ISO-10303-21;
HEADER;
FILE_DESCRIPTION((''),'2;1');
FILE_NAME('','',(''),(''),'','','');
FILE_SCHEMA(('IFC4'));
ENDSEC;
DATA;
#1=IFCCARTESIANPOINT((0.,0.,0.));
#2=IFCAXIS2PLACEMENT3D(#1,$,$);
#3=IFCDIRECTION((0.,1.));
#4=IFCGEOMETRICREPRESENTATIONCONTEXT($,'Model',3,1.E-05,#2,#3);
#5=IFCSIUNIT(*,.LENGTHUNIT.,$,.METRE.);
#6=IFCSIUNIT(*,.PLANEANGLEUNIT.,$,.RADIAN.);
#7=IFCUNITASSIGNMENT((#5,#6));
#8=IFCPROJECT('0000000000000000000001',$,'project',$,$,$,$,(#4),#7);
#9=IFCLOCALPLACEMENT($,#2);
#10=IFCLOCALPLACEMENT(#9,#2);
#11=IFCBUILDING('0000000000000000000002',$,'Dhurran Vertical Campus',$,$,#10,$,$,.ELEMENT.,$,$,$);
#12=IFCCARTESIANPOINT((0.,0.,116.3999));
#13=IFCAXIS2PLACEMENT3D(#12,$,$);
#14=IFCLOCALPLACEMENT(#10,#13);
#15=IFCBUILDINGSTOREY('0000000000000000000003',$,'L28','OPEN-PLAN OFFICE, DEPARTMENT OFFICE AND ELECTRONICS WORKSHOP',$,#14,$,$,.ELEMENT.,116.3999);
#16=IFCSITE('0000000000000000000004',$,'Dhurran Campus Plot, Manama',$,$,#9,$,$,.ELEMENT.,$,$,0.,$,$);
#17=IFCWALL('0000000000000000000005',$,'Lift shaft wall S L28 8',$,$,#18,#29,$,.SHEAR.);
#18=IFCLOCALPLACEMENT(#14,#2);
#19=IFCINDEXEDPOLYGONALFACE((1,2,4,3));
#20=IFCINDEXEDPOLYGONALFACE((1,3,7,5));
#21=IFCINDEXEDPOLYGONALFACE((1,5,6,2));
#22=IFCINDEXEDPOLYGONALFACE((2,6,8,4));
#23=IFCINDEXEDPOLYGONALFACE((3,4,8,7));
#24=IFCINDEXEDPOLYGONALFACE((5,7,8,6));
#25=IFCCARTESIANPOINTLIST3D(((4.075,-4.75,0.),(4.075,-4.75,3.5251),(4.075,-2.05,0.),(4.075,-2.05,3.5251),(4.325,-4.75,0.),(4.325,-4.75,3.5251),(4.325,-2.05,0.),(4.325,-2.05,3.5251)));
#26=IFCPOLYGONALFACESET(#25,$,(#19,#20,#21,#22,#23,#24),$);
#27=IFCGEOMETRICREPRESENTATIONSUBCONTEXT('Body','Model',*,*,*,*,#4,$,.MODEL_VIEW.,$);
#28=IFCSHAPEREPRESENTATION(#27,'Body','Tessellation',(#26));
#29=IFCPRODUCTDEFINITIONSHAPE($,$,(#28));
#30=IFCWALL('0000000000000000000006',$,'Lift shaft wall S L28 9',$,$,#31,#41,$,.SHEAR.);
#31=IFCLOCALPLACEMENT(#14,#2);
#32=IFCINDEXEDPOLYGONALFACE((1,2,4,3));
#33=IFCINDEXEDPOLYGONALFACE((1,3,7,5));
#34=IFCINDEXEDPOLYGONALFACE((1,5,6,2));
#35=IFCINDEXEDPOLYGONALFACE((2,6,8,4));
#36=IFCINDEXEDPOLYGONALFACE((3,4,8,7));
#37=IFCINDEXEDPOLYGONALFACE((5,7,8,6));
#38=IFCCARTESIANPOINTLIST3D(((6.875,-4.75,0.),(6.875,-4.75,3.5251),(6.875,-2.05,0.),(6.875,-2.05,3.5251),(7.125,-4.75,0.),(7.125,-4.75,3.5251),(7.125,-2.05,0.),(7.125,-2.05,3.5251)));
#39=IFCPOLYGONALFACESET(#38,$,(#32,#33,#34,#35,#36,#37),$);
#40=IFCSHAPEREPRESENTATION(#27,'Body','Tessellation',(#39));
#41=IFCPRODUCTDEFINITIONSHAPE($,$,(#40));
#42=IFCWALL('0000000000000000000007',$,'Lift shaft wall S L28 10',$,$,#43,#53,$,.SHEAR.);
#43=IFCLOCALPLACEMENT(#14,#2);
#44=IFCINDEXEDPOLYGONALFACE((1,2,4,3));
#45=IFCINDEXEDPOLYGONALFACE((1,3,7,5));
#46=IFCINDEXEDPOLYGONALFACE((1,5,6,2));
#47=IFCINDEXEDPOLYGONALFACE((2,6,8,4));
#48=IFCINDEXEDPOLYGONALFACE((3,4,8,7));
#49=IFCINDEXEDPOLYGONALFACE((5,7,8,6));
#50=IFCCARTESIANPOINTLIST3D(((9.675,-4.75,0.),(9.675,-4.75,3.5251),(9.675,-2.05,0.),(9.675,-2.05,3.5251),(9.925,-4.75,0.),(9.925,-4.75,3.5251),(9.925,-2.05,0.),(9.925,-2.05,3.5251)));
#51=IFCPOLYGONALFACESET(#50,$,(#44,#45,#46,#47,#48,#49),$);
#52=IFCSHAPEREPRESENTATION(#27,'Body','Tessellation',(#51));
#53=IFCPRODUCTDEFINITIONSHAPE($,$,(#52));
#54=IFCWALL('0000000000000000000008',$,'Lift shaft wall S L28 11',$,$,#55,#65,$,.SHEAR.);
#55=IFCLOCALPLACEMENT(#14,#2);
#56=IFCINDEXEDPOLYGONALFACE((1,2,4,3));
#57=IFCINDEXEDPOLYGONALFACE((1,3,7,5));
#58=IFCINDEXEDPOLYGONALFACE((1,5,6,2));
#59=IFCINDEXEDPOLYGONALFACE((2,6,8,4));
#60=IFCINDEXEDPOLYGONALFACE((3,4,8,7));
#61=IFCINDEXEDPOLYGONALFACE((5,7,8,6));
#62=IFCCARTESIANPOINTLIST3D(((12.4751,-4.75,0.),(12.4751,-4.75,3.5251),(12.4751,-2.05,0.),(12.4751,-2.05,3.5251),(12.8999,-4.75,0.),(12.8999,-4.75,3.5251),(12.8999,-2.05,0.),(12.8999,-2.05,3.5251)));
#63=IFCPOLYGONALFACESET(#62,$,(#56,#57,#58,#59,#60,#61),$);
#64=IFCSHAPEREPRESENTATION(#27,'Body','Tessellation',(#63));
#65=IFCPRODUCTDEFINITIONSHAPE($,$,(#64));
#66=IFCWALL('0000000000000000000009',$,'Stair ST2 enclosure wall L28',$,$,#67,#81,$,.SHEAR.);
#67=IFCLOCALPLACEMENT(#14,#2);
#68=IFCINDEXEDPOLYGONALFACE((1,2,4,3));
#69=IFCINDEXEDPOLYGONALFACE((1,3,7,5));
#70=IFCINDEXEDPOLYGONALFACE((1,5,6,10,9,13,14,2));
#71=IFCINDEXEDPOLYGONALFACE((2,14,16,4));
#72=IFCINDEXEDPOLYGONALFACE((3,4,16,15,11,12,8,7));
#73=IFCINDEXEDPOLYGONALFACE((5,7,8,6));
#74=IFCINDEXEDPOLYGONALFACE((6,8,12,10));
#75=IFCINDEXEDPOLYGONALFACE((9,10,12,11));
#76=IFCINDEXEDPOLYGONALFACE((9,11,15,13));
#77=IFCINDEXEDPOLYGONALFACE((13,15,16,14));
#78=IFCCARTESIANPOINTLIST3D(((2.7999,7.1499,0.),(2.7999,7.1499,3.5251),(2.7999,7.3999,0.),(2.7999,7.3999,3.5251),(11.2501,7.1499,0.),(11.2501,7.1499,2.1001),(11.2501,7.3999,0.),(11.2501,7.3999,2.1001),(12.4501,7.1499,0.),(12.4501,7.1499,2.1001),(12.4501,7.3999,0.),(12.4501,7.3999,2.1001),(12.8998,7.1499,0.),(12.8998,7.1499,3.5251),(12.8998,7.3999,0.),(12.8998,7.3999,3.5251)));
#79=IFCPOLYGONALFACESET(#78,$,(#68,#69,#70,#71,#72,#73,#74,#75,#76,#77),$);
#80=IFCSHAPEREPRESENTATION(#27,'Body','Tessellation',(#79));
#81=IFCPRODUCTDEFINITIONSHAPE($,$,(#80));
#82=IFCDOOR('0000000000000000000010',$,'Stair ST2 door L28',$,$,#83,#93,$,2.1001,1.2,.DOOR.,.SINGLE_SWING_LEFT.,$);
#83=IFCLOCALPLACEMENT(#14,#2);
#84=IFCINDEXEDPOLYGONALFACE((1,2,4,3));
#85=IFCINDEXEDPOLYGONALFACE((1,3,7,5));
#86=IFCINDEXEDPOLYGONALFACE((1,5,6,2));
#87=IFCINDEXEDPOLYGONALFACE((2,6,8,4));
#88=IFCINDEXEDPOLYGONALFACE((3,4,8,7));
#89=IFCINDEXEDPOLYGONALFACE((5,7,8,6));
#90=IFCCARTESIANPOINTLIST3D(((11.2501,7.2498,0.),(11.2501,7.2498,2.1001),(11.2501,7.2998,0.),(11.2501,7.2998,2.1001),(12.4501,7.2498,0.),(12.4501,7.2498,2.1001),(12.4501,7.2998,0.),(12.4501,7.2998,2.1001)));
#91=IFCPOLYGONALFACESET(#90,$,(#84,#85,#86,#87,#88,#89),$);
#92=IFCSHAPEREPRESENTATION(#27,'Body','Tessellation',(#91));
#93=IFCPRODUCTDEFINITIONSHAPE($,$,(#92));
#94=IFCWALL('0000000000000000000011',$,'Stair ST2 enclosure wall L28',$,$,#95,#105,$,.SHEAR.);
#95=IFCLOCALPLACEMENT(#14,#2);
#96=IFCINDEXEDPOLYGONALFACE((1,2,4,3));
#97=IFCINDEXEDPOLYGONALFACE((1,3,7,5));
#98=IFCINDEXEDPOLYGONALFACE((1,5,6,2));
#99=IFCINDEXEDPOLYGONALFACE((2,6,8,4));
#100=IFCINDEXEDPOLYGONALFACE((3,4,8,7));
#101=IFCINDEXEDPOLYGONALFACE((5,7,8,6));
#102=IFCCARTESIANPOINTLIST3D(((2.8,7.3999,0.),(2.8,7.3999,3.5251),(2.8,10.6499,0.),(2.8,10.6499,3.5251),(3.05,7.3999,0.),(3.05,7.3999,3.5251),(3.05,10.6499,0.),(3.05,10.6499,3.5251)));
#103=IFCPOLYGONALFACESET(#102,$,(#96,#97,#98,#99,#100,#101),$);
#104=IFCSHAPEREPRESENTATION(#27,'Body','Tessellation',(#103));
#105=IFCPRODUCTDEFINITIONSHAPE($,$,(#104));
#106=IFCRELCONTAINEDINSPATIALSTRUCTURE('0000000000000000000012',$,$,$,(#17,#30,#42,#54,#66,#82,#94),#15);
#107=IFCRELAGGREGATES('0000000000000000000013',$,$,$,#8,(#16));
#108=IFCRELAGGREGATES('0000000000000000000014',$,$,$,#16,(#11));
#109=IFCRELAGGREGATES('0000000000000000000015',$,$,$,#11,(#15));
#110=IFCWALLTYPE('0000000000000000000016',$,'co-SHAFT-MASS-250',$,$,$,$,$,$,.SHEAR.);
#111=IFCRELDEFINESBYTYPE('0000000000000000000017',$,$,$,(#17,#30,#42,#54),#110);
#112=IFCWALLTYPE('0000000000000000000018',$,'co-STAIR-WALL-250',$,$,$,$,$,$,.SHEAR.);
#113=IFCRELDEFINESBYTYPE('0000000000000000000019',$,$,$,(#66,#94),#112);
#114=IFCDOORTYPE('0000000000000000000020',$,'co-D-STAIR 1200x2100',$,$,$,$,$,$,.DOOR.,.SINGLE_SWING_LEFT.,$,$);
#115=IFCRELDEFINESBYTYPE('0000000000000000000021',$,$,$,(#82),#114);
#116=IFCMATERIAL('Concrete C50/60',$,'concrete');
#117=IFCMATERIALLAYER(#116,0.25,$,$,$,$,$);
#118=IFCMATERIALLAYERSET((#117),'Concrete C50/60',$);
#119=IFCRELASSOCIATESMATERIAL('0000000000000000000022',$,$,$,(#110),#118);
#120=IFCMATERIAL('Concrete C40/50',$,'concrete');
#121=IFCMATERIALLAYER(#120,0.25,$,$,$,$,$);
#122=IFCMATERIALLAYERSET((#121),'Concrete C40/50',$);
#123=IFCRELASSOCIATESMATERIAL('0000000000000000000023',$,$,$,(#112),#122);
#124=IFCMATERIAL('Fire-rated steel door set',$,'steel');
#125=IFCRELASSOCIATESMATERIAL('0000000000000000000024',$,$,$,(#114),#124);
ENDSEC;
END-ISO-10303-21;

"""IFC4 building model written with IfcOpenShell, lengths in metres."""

from ifc_helpers import new_model, si_unit, direction, frame, frame_2d, origin, place, context, subcontext, project, spatial, polyline, rectangle, outline, extrude, material, layer, layer_set, type_object, element, fill, save


model = new_model("IFC4")

# Units and contexts
model_context = context("Model", 3, precision=1e-05, world=origin(), true_north=direction((0.0, 1.0)))
body_context = subcontext(model_context, "Body", "Model", "MODEL_VIEW")
ifc_project = project(units=[si_unit("LENGTHUNIT", "METRE"), si_unit("PLANEANGLEUNIT", "RADIAN")], contexts=[model_context])

# Site, building, storey
site_placement = place(None, origin())
site = spatial("IfcSite", under=ifc_project, at=site_placement, Name="Dhurran Campus Plot, Manama", CompositionType="ELEMENT", RefElevation=0.0)
building_placement = place(site_placement, origin())
building = spatial("IfcBuilding", under=site, at=building_placement, Name="Dhurran Vertical Campus", CompositionType="ELEMENT")
storey_placement = place(building_placement, frame((0.0, 0.0, 116.3999)))
storey = spatial("IfcBuildingStorey", under=building, at=storey_placement, Name="L28", Description="OPEN-PLAN OFFICE, DEPARTMENT OFFICE AND ELECTRONICS WORKSHOP", CompositionType="ELEMENT", Elevation=116.3999)

# Walls
ifc_material_1 = material(Name="Concrete C50/60", Category="concrete")
ifc_layer_1 = layer(ifc_material_1, 0.25)
ifc_layer_set_1 = layer_set([ifc_layer_1], Name="Concrete C50/60")
wall_type_1 = type_object("IfcWallType", Name="co-SHAFT-MASS-250", PredefinedType="SHEAR", material=ifc_layer_set_1)
wall_1_placement = place(storey_placement, origin())
element("IfcWall", 1, at=wall_1_placement, inside=storey, type_object=wall_type_1, Name="Lift shaft wall S L28 8", PredefinedType="SHEAR", context=body_context, shape_type="SweptSolid", body=[
    extrude(outline(polyline([(4.075, -4.75), (4.325, -4.75), (4.325, -2.05), (4.075, -2.05), (4.075, -4.75)])), origin(), (0.0, 0.0, 1.0), 3.5251),
])
wall_2_placement = place(storey_placement, origin())
element("IfcWall", 2, at=wall_2_placement, inside=storey, type_object=wall_type_1, Name="Lift shaft wall S L28 9", PredefinedType="SHEAR", context=body_context, shape_type="SweptSolid", body=[
    extrude(outline(polyline([(6.875, -4.75), (7.125, -4.75), (7.125, -2.05), (6.875, -2.05), (6.875, -4.75)])), origin(), (0.0, 0.0, 1.0), 3.5251),
])
wall_3_placement = place(storey_placement, origin())
element("IfcWall", 3, at=wall_3_placement, inside=storey, type_object=wall_type_1, Name="Lift shaft wall S L28 10", PredefinedType="SHEAR", context=body_context, shape_type="SweptSolid", body=[
    extrude(outline(polyline([(9.675, -4.75), (9.925, -4.75), (9.925, -2.05), (9.675, -2.05), (9.675, -4.75)])), origin(), (0.0, 0.0, 1.0), 3.5251),
])
wall_4_placement = place(storey_placement, origin())
element("IfcWall", 4, at=wall_4_placement, inside=storey, type_object=wall_type_1, Name="Lift shaft wall S L28 11", PredefinedType="SHEAR", context=body_context, shape_type="SweptSolid", body=[
    extrude(outline(polyline([(12.4751, -4.75), (12.8999, -4.75), (12.8999, -2.05), (12.4751, -2.05), (12.4751, -4.75)])), origin(), (0.0, 0.0, 1.0), 3.5251),
])

# Wall, opening, door
ifc_material_2 = material(Name="Concrete C40/50", Category="concrete")
ifc_layer_2 = layer(ifc_material_2, 0.25)
ifc_layer_set_2 = layer_set([ifc_layer_2], Name="Concrete C40/50")
wall_type_2 = type_object("IfcWallType", Name="co-STAIR-WALL-250", PredefinedType="SHEAR", material=ifc_layer_set_2)
wall_5_placement = place(storey_placement, frame((2.8, 7.2749, 0.0), z_axis=(0.0, 0.0, 1.0), x_axis=(1.0, 0.0, 0.0)))
wall_5 = element("IfcWall", 5, at=wall_5_placement, inside=storey, type_object=wall_type_2, Name="Stair ST2 enclosure wall L28", PredefinedType="SHEAR", context=body_context, shape_type="SweptSolid", body=[
    extrude(rectangle(XDim=10.0999, YDim=0.25, at=frame_2d((5.0498, 0.0))), origin(), (0.0, 0.0, 1.0), 3.5251),
])
opening_1_placement = place(wall_5_placement, frame((8.45, 0.0, 0.0)))
opening_1 = element("IfcOpeningElement", 6, at=opening_1_placement, cuts=wall_5, PredefinedType="OPENING", context=body_context, shape_type="SweptSolid", body=[
    extrude(rectangle(XDim=1.2, YDim=2.1001, at=frame_2d((0.6001, 1.05))), frame((0.0, 0.135, 0.0), z_axis=(0.0, -1.0, 0.0), x_axis=(1.0, 0.0, 0.0)), (0.0, 0.0, 1.0), 0.27),
])
ifc_material_3 = material(Name="Fire-rated steel door set", Category="steel")
door_type_1 = type_object("IfcDoorType", Name="co-D-STAIR 1200x2100", OperationType="SINGLE_SWING_LEFT", PredefinedType="DOOR", material=ifc_material_3)
door_1_placement = place(opening_1_placement, origin())
door_1 = element("IfcDoor", 7, at=door_1_placement, inside=storey, type_object=door_type_1, Name="Stair ST2 door L28", OperationType="SINGLE_SWING_LEFT", OverallHeight=2.1001, OverallWidth=1.2, PredefinedType="DOOR", context=body_context, shape_type="SweptSolid", body=[
    extrude(rectangle(XDim=1.2, YDim=2.1001, at=frame_2d((0.6001, 1.05))), frame((0.0, 0.0249, 0.0), z_axis=(0.0, -1.0, 0.0), x_axis=(1.0, 0.0, 0.0)), (0.0, 0.0, 1.0), 0.05),
])
fill(opening_1, door_1)

# Wall
wall_6_placement = place(storey_placement, frame((2.925, 7.3999, 0.0), z_axis=(0.0, 0.0, 1.0), x_axis=(0.0, 1.0, 0.0)))
element("IfcWall", 8, at=wall_6_placement, inside=storey, type_object=wall_type_2, Name="Stair ST2 enclosure wall L28", PredefinedType="SHEAR", context=body_context, shape_type="SweptSolid", body=[
    extrude(rectangle(XDim=3.25, YDim=0.25, at=frame_2d((1.625, 0.0))), origin(), (0.0, 0.0, 1.0), 3.5251),
])

save(model, "model.ifc")
